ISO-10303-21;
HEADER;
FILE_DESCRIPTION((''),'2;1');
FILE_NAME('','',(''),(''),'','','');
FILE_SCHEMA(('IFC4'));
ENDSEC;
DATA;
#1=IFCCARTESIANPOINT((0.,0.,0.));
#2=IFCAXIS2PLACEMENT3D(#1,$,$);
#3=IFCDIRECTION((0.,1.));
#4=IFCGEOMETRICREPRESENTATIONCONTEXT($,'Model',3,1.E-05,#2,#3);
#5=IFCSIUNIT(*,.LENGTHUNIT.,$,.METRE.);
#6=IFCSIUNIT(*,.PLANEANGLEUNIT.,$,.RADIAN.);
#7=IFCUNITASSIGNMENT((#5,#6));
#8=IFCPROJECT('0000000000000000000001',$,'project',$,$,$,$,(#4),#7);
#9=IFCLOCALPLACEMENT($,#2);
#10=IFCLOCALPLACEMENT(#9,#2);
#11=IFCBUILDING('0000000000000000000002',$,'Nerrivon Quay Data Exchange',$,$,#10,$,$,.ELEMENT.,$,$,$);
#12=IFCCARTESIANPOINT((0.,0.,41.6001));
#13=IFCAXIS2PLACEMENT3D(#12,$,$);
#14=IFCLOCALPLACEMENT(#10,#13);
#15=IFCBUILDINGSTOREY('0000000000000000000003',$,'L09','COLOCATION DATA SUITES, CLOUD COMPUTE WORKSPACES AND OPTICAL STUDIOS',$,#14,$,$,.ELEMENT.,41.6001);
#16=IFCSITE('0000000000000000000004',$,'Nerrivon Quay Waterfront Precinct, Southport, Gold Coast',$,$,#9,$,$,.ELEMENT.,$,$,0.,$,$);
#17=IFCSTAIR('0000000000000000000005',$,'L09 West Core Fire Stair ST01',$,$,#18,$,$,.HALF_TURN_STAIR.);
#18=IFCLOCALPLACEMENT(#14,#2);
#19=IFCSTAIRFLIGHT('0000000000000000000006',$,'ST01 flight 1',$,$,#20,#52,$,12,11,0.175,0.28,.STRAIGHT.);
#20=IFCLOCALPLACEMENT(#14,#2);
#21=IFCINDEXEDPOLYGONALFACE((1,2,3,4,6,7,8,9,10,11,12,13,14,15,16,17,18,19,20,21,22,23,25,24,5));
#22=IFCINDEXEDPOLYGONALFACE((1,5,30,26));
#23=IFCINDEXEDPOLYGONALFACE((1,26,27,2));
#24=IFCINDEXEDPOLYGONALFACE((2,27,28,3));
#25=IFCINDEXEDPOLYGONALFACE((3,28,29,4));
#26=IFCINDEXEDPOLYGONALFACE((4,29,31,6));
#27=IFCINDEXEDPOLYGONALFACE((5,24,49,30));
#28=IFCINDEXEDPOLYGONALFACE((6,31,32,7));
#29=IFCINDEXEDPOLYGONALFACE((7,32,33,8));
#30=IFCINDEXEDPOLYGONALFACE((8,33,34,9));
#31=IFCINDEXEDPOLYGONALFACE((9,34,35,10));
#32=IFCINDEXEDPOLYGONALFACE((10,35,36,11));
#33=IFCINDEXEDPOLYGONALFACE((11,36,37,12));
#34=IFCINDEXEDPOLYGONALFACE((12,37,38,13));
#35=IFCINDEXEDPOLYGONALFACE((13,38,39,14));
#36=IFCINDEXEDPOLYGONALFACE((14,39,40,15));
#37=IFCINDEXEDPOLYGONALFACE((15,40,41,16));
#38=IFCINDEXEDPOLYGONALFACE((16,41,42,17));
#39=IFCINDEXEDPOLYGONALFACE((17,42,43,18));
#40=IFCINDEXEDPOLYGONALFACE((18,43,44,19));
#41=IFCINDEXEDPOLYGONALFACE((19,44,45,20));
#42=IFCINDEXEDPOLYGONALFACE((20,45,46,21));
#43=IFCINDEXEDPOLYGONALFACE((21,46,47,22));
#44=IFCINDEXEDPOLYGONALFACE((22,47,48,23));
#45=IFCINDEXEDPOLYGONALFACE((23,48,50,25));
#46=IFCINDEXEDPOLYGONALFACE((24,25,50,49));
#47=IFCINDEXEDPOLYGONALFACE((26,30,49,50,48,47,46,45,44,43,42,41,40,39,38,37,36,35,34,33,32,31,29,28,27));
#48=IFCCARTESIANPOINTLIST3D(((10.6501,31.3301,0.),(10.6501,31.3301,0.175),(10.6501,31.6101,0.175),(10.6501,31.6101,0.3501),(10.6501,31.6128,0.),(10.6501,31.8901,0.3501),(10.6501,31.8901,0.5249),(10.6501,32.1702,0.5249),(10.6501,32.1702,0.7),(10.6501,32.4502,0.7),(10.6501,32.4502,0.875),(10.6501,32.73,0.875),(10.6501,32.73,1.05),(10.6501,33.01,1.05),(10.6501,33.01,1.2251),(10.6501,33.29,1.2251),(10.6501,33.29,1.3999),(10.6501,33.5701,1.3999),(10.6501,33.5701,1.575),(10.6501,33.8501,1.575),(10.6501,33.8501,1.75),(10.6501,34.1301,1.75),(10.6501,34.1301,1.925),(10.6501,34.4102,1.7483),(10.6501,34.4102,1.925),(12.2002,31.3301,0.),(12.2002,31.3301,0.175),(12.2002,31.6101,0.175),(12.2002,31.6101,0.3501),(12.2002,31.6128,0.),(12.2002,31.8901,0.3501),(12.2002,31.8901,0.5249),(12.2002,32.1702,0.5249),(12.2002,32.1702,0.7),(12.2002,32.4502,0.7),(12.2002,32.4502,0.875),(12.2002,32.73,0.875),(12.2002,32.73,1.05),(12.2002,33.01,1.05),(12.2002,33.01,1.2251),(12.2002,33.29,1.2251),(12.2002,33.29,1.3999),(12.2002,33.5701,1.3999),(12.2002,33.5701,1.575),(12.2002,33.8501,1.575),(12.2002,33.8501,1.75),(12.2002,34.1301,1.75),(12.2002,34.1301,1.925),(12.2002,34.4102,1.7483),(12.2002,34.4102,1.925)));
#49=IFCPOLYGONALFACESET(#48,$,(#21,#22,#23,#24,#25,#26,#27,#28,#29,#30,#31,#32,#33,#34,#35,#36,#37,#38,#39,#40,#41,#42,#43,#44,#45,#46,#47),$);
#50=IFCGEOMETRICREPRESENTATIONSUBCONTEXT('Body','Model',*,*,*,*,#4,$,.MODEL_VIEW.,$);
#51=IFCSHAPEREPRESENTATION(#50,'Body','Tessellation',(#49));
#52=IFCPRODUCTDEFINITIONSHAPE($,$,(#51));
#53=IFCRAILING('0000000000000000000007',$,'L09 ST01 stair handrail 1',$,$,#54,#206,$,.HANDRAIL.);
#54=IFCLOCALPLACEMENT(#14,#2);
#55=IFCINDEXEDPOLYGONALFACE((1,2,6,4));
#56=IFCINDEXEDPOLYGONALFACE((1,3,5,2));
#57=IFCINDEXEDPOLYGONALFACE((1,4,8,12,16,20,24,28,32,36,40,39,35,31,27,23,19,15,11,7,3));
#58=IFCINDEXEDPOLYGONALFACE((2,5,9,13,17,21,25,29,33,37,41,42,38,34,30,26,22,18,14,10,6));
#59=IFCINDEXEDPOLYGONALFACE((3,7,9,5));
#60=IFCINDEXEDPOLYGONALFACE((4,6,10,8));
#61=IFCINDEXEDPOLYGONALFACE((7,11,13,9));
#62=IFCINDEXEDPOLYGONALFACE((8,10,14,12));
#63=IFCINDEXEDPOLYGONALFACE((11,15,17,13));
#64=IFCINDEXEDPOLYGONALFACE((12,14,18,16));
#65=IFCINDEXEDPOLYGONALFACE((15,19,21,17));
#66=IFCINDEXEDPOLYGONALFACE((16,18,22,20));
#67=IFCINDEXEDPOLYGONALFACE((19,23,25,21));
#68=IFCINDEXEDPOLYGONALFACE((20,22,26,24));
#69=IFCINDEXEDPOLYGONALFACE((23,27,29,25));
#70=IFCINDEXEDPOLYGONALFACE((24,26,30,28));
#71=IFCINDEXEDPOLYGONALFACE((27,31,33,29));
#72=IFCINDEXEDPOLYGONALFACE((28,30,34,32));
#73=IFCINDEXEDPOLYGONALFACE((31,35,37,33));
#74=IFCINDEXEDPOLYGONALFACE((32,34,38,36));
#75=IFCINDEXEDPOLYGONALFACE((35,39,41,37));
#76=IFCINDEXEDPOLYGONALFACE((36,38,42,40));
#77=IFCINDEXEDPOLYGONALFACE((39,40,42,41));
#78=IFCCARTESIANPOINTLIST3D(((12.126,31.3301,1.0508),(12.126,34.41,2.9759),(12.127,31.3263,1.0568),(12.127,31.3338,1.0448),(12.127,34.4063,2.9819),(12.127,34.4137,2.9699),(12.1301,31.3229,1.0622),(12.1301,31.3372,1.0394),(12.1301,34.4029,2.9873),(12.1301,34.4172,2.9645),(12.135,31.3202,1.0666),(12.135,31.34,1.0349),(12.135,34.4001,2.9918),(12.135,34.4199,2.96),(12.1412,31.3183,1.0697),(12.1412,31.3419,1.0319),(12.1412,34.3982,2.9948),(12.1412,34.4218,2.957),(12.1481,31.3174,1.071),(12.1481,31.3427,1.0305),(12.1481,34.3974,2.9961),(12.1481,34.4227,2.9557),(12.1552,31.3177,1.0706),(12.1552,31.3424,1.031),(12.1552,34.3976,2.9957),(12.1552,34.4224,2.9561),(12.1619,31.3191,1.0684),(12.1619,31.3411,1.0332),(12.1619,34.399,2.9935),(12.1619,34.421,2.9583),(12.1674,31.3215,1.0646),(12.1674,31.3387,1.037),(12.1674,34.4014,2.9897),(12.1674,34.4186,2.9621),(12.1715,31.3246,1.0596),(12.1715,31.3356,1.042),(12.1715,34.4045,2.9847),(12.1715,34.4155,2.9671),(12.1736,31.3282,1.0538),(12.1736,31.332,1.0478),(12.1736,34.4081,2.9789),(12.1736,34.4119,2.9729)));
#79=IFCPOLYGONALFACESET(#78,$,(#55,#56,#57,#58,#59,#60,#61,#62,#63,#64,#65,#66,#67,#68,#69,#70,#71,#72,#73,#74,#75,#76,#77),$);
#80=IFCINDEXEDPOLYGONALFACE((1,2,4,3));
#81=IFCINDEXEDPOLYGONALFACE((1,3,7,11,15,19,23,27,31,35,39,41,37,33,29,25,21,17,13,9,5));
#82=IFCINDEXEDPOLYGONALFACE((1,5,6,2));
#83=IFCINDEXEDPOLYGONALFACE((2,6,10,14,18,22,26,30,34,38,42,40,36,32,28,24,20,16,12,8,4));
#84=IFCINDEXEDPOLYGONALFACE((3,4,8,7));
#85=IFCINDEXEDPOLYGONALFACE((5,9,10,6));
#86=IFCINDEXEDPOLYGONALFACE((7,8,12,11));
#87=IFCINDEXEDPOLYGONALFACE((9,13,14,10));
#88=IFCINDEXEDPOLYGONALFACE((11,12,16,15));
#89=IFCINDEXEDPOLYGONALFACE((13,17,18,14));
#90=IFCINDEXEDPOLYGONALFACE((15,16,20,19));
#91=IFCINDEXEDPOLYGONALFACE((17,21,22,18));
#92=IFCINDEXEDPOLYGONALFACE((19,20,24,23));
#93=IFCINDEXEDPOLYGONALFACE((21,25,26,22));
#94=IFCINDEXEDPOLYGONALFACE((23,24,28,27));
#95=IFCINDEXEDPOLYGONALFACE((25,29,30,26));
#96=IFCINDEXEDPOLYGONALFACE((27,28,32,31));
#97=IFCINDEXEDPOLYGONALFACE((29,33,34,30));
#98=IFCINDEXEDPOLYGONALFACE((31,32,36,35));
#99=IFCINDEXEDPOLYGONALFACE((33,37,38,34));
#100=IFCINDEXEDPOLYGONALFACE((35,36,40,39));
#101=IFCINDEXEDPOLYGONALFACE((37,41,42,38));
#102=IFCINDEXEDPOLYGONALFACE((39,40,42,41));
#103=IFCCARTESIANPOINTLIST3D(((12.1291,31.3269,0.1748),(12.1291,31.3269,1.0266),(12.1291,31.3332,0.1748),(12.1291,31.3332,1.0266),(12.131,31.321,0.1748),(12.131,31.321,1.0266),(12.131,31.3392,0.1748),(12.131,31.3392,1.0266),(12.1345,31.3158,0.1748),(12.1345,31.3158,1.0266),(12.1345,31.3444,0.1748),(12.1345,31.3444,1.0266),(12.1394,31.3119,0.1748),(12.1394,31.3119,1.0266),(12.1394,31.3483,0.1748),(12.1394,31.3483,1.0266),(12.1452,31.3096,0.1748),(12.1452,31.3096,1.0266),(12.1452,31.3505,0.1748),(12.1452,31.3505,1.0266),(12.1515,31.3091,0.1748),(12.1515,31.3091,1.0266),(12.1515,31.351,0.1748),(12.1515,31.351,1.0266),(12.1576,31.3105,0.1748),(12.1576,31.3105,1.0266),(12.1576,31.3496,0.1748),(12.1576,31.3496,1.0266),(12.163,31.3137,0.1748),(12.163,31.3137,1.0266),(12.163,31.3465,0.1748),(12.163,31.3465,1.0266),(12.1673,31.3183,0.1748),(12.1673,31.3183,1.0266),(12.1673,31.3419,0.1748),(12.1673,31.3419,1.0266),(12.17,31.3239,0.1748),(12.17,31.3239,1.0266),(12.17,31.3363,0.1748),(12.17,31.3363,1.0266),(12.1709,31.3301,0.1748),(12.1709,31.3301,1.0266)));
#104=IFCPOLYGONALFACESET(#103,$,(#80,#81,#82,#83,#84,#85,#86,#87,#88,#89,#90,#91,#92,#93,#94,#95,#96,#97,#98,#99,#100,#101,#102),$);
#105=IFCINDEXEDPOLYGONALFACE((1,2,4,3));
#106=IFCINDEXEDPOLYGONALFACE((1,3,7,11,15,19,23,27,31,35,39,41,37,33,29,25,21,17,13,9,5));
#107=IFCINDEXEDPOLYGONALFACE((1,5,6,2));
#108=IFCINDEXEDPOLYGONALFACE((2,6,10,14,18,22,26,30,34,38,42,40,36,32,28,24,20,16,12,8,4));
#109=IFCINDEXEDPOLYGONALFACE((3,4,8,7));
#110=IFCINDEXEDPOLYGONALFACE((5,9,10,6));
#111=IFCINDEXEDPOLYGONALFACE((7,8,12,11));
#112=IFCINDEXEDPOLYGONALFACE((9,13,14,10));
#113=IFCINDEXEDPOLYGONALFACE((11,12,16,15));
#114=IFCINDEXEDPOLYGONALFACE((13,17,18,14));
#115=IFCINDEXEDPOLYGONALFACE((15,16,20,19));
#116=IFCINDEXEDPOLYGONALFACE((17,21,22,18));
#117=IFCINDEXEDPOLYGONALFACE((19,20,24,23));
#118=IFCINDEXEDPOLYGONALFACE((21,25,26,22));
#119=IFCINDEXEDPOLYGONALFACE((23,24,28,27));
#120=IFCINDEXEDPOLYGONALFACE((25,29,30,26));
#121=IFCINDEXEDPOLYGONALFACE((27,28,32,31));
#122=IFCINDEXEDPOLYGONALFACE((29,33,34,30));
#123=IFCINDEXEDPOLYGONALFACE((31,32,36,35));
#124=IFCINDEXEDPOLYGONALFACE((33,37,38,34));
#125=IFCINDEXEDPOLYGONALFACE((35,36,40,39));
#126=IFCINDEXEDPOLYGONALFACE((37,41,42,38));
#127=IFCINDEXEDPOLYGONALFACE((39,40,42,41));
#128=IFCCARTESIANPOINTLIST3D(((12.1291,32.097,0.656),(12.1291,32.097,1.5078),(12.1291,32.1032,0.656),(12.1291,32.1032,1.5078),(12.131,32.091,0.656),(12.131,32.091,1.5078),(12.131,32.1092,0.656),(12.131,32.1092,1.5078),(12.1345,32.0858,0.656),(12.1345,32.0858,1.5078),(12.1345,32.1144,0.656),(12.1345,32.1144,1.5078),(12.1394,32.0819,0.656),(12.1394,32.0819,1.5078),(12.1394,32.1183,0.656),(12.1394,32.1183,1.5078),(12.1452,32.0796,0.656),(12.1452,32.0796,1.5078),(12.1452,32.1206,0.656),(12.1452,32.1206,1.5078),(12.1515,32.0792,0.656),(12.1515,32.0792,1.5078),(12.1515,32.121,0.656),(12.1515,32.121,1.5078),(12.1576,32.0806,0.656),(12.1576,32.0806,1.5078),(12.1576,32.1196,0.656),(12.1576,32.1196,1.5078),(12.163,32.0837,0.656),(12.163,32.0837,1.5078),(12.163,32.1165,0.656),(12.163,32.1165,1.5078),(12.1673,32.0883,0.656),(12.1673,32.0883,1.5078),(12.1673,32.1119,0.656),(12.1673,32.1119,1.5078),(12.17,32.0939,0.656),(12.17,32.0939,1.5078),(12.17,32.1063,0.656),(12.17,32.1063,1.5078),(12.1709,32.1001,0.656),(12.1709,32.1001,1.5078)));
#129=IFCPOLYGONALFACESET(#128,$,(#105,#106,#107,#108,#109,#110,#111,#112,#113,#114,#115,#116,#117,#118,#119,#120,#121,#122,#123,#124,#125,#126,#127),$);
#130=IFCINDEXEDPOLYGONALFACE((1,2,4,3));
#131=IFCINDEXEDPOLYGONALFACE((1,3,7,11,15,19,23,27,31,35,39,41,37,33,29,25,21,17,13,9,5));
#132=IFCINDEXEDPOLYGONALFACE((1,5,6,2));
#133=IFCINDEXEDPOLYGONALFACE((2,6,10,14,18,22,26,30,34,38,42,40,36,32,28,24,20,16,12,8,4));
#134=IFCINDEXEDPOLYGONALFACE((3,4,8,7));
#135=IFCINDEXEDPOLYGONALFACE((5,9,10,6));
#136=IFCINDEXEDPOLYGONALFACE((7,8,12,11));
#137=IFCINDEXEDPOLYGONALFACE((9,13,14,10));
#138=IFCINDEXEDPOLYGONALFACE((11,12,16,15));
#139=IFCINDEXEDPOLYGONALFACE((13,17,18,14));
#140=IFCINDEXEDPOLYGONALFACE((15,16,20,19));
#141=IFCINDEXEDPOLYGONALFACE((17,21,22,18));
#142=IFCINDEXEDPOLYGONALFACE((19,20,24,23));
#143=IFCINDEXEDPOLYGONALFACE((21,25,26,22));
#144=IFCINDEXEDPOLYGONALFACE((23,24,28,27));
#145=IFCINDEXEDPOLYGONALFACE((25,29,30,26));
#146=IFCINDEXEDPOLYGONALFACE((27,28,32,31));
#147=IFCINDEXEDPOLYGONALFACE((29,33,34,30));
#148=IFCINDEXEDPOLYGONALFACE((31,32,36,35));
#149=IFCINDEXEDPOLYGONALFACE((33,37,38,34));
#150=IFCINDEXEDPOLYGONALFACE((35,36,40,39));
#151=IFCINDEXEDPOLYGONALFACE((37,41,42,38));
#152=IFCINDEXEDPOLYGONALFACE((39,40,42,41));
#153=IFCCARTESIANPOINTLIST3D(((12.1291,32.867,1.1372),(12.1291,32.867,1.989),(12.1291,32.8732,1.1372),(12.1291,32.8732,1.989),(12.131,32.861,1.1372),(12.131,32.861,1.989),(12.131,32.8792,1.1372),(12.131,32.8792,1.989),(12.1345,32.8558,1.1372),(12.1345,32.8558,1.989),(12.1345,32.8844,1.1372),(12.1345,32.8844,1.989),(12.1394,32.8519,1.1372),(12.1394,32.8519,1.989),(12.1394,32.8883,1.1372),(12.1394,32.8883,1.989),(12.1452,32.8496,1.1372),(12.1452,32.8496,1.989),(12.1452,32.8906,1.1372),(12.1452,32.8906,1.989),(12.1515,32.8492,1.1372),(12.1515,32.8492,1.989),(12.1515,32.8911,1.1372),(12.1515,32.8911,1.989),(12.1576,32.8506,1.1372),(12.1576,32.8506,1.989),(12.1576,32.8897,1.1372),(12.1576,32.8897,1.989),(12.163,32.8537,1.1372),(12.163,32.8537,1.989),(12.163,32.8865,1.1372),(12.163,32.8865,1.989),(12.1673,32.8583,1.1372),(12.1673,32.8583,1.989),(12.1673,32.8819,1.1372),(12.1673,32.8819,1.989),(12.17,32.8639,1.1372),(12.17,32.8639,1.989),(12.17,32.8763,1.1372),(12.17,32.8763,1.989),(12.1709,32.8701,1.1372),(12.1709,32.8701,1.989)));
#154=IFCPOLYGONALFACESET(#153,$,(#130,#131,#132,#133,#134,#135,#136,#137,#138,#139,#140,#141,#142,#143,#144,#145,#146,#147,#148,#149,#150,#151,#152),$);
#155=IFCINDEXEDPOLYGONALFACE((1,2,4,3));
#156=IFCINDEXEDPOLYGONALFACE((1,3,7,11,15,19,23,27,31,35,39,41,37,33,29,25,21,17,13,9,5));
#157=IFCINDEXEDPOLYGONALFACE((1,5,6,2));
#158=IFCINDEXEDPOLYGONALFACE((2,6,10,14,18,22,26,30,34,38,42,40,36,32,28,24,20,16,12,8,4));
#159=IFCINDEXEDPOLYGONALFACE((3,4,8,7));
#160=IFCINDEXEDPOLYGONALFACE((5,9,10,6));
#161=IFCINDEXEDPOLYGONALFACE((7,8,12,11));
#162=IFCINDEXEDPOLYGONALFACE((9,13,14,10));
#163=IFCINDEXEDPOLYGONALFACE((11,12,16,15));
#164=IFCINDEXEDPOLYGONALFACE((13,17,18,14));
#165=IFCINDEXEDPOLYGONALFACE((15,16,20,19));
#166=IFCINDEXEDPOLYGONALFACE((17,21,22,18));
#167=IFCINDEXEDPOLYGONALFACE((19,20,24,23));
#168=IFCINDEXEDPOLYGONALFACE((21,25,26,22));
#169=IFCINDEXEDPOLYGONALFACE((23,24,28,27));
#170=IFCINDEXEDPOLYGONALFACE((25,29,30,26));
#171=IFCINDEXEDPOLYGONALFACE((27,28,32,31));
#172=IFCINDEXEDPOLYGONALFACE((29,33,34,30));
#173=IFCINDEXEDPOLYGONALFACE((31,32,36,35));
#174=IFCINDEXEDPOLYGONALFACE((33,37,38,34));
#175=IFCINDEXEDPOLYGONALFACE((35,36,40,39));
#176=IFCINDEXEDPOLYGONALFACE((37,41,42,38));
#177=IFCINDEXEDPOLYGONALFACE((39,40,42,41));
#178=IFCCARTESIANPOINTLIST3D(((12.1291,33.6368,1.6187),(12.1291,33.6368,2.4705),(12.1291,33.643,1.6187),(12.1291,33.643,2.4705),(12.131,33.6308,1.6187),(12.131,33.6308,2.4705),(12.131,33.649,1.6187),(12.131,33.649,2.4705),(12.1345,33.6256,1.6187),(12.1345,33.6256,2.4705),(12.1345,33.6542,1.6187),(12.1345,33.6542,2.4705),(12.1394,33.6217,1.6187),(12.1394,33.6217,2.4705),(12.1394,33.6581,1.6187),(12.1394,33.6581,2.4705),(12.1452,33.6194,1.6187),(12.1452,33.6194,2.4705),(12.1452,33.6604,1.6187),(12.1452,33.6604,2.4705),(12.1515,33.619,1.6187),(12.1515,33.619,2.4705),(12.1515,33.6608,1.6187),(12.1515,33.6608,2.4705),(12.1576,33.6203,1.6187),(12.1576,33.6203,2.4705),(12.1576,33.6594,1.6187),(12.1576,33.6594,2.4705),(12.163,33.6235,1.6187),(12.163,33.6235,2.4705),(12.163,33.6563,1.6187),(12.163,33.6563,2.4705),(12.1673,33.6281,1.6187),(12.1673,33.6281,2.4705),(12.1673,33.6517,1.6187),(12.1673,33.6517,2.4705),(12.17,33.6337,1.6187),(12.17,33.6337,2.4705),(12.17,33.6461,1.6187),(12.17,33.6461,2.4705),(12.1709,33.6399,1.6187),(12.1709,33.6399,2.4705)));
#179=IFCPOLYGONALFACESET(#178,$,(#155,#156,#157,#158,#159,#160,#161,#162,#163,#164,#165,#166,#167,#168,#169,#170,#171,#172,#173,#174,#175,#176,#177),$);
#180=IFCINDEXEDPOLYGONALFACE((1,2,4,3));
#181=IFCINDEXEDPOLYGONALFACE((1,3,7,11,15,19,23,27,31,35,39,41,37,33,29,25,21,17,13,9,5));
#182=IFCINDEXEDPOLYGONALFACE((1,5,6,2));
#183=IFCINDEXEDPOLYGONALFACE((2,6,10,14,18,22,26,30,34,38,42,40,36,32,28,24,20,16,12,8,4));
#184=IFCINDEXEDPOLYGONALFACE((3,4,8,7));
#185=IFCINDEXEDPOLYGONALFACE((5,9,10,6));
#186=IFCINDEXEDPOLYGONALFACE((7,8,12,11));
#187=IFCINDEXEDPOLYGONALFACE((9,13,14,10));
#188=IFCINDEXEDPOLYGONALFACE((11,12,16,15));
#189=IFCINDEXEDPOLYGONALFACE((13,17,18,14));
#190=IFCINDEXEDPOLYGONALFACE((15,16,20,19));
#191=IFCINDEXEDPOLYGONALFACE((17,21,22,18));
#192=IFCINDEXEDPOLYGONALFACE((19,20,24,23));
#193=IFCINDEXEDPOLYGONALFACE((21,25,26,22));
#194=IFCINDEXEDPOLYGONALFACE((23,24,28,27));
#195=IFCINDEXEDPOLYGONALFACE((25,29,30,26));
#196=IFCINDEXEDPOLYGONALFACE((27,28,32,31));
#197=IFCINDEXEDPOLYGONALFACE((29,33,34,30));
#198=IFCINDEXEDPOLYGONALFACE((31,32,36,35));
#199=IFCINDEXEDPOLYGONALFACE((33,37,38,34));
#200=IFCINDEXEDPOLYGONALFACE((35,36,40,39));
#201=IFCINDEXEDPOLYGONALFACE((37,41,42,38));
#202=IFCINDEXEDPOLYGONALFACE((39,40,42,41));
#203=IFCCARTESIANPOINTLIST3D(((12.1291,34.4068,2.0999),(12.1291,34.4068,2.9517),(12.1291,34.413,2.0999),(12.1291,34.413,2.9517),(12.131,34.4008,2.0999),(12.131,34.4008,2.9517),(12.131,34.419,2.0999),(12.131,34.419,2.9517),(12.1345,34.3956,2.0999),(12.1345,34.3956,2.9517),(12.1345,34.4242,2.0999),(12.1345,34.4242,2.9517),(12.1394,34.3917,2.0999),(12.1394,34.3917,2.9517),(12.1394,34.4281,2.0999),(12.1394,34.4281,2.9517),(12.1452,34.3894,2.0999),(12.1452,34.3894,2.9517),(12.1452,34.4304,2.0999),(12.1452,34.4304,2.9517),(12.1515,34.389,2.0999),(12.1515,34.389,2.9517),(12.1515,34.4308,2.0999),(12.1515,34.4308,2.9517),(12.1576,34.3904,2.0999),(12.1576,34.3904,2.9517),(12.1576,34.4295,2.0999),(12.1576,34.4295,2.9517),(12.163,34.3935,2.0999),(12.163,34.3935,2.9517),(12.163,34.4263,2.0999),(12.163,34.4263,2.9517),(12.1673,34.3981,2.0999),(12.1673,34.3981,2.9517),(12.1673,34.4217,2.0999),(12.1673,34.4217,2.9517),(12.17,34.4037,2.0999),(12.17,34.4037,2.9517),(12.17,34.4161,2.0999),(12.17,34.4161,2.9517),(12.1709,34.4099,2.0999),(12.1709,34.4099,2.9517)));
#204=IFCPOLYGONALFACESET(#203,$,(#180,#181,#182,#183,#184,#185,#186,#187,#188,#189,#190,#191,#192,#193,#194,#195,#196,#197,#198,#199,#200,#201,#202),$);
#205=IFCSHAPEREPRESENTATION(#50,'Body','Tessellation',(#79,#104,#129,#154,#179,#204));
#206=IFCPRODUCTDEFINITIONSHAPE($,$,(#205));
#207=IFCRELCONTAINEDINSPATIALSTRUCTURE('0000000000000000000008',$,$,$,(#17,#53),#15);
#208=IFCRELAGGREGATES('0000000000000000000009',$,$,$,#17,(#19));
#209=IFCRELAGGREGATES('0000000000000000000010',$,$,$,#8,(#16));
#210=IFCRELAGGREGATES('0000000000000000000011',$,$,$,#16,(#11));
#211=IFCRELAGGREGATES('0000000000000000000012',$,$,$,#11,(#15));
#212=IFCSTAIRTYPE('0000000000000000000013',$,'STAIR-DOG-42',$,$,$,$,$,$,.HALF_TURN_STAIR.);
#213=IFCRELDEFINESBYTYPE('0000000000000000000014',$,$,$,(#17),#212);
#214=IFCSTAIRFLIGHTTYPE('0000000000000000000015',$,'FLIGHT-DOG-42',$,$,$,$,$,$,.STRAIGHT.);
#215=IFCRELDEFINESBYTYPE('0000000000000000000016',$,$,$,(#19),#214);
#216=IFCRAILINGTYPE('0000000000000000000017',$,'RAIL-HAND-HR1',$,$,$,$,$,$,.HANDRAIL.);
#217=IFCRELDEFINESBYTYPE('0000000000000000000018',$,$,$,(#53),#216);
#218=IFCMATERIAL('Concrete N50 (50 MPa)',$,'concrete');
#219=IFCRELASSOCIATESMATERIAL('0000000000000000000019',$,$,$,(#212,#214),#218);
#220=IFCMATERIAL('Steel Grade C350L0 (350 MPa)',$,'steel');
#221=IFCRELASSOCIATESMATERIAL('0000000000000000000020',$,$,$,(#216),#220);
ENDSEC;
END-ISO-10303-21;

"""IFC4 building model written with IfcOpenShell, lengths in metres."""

from ifc_helpers import new_model, si_unit, direction, frame, origin, origin_2d, place, context, subcontext, project, spatial, polyline, circle, outline, extrude, material, type_object, element, aggregate, save


model = new_model("IFC4")

# Units and contexts
model_context = context("Model", 3, precision=1e-05, world=origin(), true_north=direction((0.0, 1.0)))
body_context = subcontext(model_context, "Body", "Model", "MODEL_VIEW")
ifc_project = project(units=[si_unit("LENGTHUNIT", "METRE"), si_unit("PLANEANGLEUNIT", "RADIAN")], contexts=[model_context])

# Site, building, storey
site_placement = place(None, origin())
site = spatial("IfcSite", under=ifc_project, at=site_placement, Name="Nerrivon Quay Waterfront Precinct, Southport, Gold Coast", CompositionType="ELEMENT", RefElevation=0.0)
building_placement = place(site_placement, origin())
building = spatial("IfcBuilding", under=site, at=building_placement, Name="Nerrivon Quay Data Exchange", CompositionType="ELEMENT")
storey_placement = place(building_placement, frame((0.0, 0.0, 41.6001)))
storey = spatial("IfcBuildingStorey", under=building, at=storey_placement, Name="L09", Description="COLOCATION DATA SUITES, CLOUD COMPUTE WORKSPACES AND OPTICAL STUDIOS", CompositionType="ELEMENT", Elevation=41.6001)

# Shared definitions
ifc_material_1 = material(Name="Concrete N50 (50 MPa)", Category="concrete")

# Stair, stair flight
stair_type = type_object("IfcStairType", Name="STAIR-DOG-42", PredefinedType="HALF_TURN_STAIR", material=ifc_material_1)
stair_placement = place(storey_placement, origin())
stair = element("IfcStair", 1, at=stair_placement, inside=storey, type_object=stair_type, Name="L09 West Core Fire Stair ST01", PredefinedType="HALF_TURN_STAIR")
stair_flight_type = type_object("IfcStairFlightType", Name="FLIGHT-DOG-42", PredefinedType="STRAIGHT", material=ifc_material_1)
stair_flight_placement = place(storey_placement, frame((11.425, 31.3301, 0.0), z_axis=(0.0, 0.0, 1.0), x_axis=(0.0, 1.0, 0.0)))
stair_flight = element("IfcStairFlight", 2, at=stair_flight_placement, type_object=stair_flight_type, Name="ST01 flight 1", NumberOfRisers=12, NumberOfTreads=11, PredefinedType="STRAIGHT", RiserHeight=0.175, TreadLength=0.28, context=body_context, shape_type="SweptSolid", body=[
    extrude(outline(polyline([(0.0, 0.0), (0.0, 0.175), (0.28, 0.175), (0.28, 0.3501), (0.5601, 0.3501), (0.5601, 0.5249), (0.8401, 0.5249), (0.8401, 0.7), (1.1201, 0.7), (1.1201, 0.875), (1.3999, 0.875), (1.3999, 1.05), (1.6799, 1.05), (1.6799, 1.2251), (1.96, 1.2251), (1.96, 1.3999), (2.24, 1.3999), (2.24, 1.575), (2.52, 1.575), (2.52, 1.75), (2.8, 1.75), (2.8, 1.925), (3.0801, 1.925), (3.0801, 2.1001), (3.0801, 1.7483), (0.2827, 0.0), (0.0, 0.0)])), frame((0.0, 0.7749, 0.0), z_axis=(0.0, -1.0, 0.0), x_axis=(1.0, 0.0, 0.0)), (0.0, 0.0, 1.0), 1.55),
])
aggregate(stair, [stair_flight])

# Railing
ifc_material_2 = material(Name="Steel Grade C350L0 (350 MPa)", Category="steel")
railing_type_1 = type_object("IfcRailingType", Name="RAIL-HAND-HR1", PredefinedType="HANDRAIL", material=ifc_material_2)
railing_1_placement = place(storey_placement, frame((12.1499, 31.3301, 0.1748)))
element("IfcRailing", 3, at=railing_1_placement, inside=storey, type_object=railing_type_1, Name="L09 ST01 stair handrail 1", PredefinedType="HANDRAIL", context=body_context, shape_type="SweptSolid", body=[
    extrude(circle(Radius=0.0239, at=origin_2d()), frame((0.0, 0.0, 0.876), z_axis=(0.0, 0.847979, 0.530029), x_axis=(-1.0, 0.0, 0.0)), (0.0, 0.0, 1.0), 3.6321),
    extrude(circle(Radius=0.021, at=origin_2d()), origin(), (0.0, 0.0, 1.0), 0.8518),
    extrude(circle(Radius=0.021, at=origin_2d()), frame((0.0, 0.77, 0.4812)), (0.0, 0.0, 1.0), 0.8518),
    extrude(circle(Radius=0.021, at=origin_2d()), frame((0.0, 1.54, 0.9624)), (0.0, 0.0, 1.0), 0.8518),
    extrude(circle(Radius=0.021, at=origin_2d()), frame((0.0, 2.3098, 1.4438)), (0.0, 0.0, 1.0), 0.8518),
    extrude(circle(Radius=0.021, at=origin_2d()), frame((0.0, 3.0798, 1.925)), (0.0, 0.0, 1.0), 0.8518),
])

save(model, "model.ifc")
